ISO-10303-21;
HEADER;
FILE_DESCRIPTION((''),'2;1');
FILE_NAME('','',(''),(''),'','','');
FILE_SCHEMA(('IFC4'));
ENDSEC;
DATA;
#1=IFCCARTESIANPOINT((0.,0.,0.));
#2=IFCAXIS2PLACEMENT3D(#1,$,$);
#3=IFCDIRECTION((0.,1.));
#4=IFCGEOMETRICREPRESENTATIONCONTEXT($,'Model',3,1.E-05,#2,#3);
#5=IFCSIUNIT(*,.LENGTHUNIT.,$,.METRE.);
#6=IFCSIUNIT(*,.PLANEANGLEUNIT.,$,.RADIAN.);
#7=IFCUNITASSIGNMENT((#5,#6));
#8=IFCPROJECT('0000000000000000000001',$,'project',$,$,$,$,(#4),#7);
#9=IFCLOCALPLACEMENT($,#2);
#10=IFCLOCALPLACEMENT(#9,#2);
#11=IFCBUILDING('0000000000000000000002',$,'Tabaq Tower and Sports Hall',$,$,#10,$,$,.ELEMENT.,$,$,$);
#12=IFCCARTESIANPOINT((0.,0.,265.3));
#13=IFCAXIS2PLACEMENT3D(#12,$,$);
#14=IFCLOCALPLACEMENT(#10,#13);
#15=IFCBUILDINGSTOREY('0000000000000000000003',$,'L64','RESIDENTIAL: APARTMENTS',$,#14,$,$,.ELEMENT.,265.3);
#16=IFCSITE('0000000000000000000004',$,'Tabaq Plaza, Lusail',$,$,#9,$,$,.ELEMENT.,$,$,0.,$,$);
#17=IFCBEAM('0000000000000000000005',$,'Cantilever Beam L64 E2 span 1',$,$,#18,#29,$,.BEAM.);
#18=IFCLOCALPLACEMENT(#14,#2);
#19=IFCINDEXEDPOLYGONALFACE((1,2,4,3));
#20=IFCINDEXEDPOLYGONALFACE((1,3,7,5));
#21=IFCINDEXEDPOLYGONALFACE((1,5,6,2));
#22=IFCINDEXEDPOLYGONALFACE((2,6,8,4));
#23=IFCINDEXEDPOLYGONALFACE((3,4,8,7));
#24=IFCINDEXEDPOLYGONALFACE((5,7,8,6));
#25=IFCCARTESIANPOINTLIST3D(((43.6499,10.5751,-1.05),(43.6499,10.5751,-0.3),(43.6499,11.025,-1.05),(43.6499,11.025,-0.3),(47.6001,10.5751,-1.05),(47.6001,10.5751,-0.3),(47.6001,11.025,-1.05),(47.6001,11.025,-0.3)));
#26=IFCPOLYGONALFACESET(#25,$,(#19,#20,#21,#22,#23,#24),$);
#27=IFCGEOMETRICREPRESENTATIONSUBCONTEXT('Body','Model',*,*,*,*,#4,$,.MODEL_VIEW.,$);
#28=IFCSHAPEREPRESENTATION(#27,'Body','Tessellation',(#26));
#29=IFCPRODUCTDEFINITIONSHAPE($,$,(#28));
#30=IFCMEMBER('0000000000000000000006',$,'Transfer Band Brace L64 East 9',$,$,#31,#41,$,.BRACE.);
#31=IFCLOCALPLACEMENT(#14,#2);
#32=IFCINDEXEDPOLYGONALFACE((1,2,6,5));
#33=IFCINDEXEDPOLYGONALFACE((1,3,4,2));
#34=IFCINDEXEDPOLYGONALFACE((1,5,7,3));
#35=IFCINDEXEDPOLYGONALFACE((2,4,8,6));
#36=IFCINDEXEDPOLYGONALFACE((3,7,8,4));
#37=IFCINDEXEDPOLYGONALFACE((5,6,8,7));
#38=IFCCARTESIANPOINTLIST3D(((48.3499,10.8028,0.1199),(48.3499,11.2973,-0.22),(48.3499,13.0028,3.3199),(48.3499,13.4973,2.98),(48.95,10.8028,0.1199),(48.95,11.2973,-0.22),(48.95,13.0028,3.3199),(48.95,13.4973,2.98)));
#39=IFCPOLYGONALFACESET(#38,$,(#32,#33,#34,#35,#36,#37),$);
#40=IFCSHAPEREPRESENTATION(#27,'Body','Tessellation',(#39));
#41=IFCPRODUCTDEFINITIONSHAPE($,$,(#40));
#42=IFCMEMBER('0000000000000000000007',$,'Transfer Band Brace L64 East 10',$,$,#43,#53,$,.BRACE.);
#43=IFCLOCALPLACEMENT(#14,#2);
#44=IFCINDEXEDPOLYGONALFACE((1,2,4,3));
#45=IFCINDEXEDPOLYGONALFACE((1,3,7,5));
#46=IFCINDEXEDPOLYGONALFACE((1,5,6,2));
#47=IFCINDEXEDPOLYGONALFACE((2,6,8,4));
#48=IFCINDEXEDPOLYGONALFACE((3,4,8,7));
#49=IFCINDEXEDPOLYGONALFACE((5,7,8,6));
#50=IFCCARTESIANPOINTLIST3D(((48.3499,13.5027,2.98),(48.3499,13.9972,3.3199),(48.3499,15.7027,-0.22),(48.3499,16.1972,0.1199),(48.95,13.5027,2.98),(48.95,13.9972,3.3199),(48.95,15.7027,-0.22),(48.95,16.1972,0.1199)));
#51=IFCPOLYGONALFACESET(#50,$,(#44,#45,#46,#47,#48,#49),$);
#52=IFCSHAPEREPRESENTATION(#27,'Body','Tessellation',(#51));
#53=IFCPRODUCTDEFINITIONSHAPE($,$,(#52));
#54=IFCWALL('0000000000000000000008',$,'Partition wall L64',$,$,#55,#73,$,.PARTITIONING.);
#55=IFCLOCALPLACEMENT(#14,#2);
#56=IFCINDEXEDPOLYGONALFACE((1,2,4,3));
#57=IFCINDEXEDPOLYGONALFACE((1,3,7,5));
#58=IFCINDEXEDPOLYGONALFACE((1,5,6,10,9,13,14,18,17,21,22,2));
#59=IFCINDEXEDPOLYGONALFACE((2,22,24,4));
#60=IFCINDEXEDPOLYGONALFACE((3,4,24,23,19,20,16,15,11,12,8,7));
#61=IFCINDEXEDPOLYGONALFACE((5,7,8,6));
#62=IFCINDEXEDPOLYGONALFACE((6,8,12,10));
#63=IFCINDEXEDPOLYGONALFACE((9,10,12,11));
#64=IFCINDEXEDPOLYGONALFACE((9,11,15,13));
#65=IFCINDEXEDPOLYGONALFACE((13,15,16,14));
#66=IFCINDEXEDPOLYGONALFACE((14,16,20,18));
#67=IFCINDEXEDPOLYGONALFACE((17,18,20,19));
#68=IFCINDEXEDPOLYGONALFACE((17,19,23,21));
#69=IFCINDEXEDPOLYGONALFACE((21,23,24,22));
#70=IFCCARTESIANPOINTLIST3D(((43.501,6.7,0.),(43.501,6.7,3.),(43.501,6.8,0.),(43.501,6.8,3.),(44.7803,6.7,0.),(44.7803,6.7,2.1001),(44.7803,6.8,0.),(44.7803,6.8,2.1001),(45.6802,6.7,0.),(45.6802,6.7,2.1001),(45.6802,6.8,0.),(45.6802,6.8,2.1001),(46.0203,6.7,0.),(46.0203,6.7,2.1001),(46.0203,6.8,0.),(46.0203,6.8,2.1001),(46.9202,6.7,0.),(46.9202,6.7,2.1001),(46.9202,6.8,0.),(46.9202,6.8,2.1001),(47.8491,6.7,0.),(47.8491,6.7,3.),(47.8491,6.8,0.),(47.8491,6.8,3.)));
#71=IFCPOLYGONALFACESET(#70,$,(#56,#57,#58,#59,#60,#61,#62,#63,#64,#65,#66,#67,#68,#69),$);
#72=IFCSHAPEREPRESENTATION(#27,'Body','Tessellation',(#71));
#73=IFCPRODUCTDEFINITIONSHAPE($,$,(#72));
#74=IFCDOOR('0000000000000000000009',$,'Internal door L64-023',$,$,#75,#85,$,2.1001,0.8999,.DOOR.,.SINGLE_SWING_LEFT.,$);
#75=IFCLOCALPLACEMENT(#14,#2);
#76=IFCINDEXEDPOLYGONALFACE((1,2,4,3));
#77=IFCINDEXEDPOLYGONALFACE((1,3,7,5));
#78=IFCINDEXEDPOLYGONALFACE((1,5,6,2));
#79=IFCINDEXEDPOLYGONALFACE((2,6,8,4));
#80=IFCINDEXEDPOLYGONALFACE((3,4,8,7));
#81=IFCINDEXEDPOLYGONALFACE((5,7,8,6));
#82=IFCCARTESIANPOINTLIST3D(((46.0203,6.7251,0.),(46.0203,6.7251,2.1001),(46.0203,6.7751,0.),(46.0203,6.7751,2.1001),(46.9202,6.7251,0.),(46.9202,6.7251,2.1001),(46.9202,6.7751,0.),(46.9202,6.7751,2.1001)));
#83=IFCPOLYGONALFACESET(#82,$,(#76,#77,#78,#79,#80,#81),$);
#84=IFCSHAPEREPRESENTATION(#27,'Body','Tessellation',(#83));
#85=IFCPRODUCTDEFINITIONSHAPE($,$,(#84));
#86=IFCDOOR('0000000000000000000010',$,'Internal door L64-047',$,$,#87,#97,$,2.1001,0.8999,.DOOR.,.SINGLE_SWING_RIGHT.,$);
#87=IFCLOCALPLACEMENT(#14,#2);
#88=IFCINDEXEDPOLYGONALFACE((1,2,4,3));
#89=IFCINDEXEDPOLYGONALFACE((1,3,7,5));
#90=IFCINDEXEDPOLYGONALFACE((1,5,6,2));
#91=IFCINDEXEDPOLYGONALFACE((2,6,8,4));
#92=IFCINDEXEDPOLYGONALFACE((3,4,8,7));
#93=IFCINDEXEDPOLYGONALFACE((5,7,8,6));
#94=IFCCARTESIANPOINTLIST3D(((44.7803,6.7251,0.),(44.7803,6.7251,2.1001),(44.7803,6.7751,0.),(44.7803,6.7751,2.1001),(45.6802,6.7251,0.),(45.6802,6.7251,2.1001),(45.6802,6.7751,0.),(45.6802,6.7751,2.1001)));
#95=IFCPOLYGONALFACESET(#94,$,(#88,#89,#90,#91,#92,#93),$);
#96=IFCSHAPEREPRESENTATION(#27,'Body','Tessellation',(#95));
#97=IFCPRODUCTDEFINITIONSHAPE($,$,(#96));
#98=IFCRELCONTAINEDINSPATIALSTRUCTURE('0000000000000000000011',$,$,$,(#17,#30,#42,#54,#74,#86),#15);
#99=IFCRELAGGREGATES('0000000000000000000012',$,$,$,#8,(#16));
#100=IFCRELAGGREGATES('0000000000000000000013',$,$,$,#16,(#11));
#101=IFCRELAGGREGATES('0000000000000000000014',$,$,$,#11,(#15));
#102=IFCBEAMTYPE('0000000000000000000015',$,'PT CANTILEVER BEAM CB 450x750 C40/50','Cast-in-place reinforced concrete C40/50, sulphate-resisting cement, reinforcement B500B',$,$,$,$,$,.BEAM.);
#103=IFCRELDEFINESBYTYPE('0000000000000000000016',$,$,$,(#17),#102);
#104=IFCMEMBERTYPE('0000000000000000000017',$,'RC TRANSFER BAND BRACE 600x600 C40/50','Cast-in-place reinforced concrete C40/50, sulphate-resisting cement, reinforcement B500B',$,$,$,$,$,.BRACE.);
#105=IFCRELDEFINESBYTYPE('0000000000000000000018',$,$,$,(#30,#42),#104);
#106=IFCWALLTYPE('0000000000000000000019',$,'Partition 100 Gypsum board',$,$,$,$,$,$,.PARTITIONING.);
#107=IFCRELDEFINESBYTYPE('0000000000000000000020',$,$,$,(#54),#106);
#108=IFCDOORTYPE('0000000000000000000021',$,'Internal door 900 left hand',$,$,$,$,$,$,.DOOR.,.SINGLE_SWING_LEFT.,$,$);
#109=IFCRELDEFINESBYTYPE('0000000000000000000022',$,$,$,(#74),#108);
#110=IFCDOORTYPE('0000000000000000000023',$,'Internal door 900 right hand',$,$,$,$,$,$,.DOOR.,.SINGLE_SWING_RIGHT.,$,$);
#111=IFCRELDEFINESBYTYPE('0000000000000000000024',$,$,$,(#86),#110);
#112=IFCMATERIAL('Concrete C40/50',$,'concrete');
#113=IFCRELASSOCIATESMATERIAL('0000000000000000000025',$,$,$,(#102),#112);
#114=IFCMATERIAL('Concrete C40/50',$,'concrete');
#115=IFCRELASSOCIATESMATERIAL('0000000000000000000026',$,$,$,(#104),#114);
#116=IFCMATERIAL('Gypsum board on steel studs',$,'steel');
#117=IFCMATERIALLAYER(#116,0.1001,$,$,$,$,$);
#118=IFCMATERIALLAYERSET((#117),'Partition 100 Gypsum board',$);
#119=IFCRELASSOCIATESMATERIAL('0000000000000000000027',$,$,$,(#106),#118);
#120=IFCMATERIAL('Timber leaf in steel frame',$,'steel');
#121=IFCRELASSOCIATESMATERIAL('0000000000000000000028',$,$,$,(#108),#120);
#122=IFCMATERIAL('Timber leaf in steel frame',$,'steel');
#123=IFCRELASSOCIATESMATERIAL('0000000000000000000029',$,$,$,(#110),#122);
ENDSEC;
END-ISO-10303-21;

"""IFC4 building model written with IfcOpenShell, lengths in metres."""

from ifc_helpers import new_model, si_unit, direction, frame, frame_2d, origin, origin_2d, place, context, subcontext, project, spatial, rectangle, extrude, material, layer, layer_set, material_profile, profile_set, type_object, element, fill, save


model = new_model("IFC4")

# Units and contexts
model_context = context("Model", 3, precision=1e-05, world=origin(), true_north=direction((0.0, 1.0)))
body_context = subcontext(model_context, "Body", "Model", "MODEL_VIEW")
ifc_project = project(units=[si_unit("LENGTHUNIT", "METRE"), si_unit("PLANEANGLEUNIT", "RADIAN")], contexts=[model_context])

# Site, building, storey
site_placement = place(None, origin())
site = spatial("IfcSite", under=ifc_project, at=site_placement, Name="Tabaq Plaza, Lusail", CompositionType="ELEMENT", RefElevation=0.0)
building_placement = place(site_placement, origin())
building = spatial("IfcBuilding", under=site, at=building_placement, Name="Tabaq Tower and Sports Hall", CompositionType="ELEMENT")
storey_placement = place(building_placement, frame((0.0, 0.0, 265.3)))
storey = spatial("IfcBuildingStorey", under=building, at=storey_placement, Name="L64", Description="RESIDENTIAL: APARTMENTS", CompositionType="ELEMENT", Elevation=265.3)

# Beam
ifc_material_1 = material(Name="Concrete C40/50", Category="concrete")
ifc_material_profile_1 = material_profile(ifc_material_1, rectangle(XDim=0.45, YDim=0.75, at=origin_2d()), Name="CB 450x750")
ifc_profile_set_1 = profile_set([ifc_material_profile_1], Name="Concrete C40/50")
beam_type = type_object("IfcBeamType", Name="PT CANTILEVER BEAM CB 450x750 C40/50", Description="Cast-in-place reinforced concrete C40/50, sulphate-resisting cement, reinforcement B500B", PredefinedType="BEAM", material=ifc_profile_set_1)
beam_placement = place(storey_placement, frame((47.6001, 10.8, -0.675), z_axis=(-1.0, 0.0, 0.0), x_axis=(0.0, -1.0, 0.0)))
element("IfcBeam", 1, at=beam_placement, inside=storey, type_object=beam_type, Name="Cantilever Beam L64 E2 span 1", PredefinedType="BEAM", context=body_context, shape_type="SweptSolid", body=[
    extrude(rectangle(XDim=0.45, YDim=0.75, at=origin_2d()), origin(), (0.0, 0.0, 1.0), 3.9502),
])

# Members
ifc_material_2 = material(Name="Concrete C40/50", Category="concrete")
ifc_material_profile_2 = material_profile(ifc_material_2, rectangle(XDim=0.6001, YDim=0.6001, at=origin_2d()), Name="TRANSFER BAND BRACE 600x600")
ifc_profile_set_2 = profile_set([ifc_material_profile_2], Name="Concrete C40/50")
member_type = type_object("IfcMemberType", Name="RC TRANSFER BAND BRACE 600x600 C40/50", Description="Cast-in-place reinforced concrete C40/50, sulphate-resisting cement, reinforcement B500B", PredefinedType="BRACE", material=ifc_profile_set_2)
for number, where, z_axis, x_axis, name in (
    (2, (48.6499, 11.05, -0.05), (0.0, 0.566526, 0.824044), (-1.0, 0.0, 0.0), "Transfer Band Brace L64 East 9"),
    (3, (48.6499, 15.95, -0.05), (0.0, -0.566526, 0.824044), (1.0, 0.0, 0.0), "Transfer Band Brace L64 East 10"),
):
    element("IfcMember", number, at=place(storey_placement, frame(where, z_axis=z_axis, x_axis=x_axis)), inside=storey, type_object=member_type, Name=name, PredefinedType="BRACE", context=body_context, shape_type="SweptSolid", body=[
        extrude(rectangle(XDim=0.6001, YDim=0.6001, at=origin_2d()), origin(), (0.0, 0.0, 1.0), 3.8833),
    ])

# Wall, openings, doors
ifc_material_3 = material(Name="Gypsum board on steel studs", Category="steel")
ifc_layer_1 = layer(ifc_material_3, 0.1001)
ifc_layer_set_1 = layer_set([ifc_layer_1], Name="Partition 100 Gypsum board")
wall_type_1 = type_object("IfcWallType", Name="Partition 100 Gypsum board", PredefinedType="PARTITIONING", material=ifc_layer_set_1)
wall_1_placement = place(storey_placement, frame((47.8491, 6.75, 0.0), z_axis=(0.0, 0.0, 1.0), x_axis=(-1.0, 0.0, 0.0)))
wall_1 = element("IfcWall", 4, at=wall_1_placement, inside=storey, type_object=wall_type_1, Name="Partition wall L64", PredefinedType="PARTITIONING", context=body_context, shape_type="SweptSolid", body=[
    extrude(rectangle(XDim=4.3481, YDim=0.1001, at=frame_2d((2.1741, 0.0))), origin(), (0.0, 0.0, 1.0), 3.0),
])
opening_1_placement = place(wall_1_placement, frame((0.929, 0.0, 0.0)))
opening_1 = element("IfcOpeningElement", 5, at=opening_1_placement, cuts=wall_1, PredefinedType="OPENING", context=body_context, shape_type="SweptSolid", body=[
    extrude(rectangle(XDim=0.8999, YDim=2.1001, at=frame_2d((0.45, 1.05))), frame((0.0, 0.05, 0.0), z_axis=(0.0, -1.0, 0.0), x_axis=(1.0, 0.0, 0.0)), (0.0, 0.0, 1.0), 0.1001),
])
opening_2_placement = place(wall_1_placement, frame((2.1689, 0.0, 0.0)))
opening_2 = element("IfcOpeningElement", 6, at=opening_2_placement, cuts=wall_1, PredefinedType="OPENING", context=body_context, shape_type="SweptSolid", body=[
    extrude(rectangle(XDim=0.8999, YDim=2.1001, at=frame_2d((0.45, 1.05))), frame((0.0, 0.05, 0.0), z_axis=(0.0, -1.0, 0.0), x_axis=(1.0, 0.0, 0.0)), (0.0, 0.0, 1.0), 0.1001),
])
ifc_material_4 = material(Name="Timber leaf in steel frame", Category="steel")
door_type_1 = type_object("IfcDoorType", Name="Internal door 900 left hand", OperationType="SINGLE_SWING_LEFT", PredefinedType="DOOR", material=ifc_material_4)
door_1_placement = place(opening_1_placement, origin())
door_1 = element("IfcDoor", 7, at=door_1_placement, inside=storey, type_object=door_type_1, Name="Internal door L64-023", OperationType="SINGLE_SWING_LEFT", OverallHeight=2.1001, OverallWidth=0.8999, PredefinedType="DOOR", context=body_context, shape_type="SweptSolid", body=[
    extrude(rectangle(XDim=0.8999, YDim=2.1001, at=frame_2d((0.45, 1.05))), frame((0.0, 0.0249, 0.0), z_axis=(0.0, -1.0, 0.0), x_axis=(1.0, 0.0, 0.0)), (0.0, 0.0, 1.0), 0.05),
])
fill(opening_1, door_1)
ifc_material_5 = material(Name="Timber leaf in steel frame", Category="steel")
door_type_2 = type_object("IfcDoorType", Name="Internal door 900 right hand", OperationType="SINGLE_SWING_RIGHT", PredefinedType="DOOR", material=ifc_material_5)
door_2_placement = place(opening_2_placement, origin())
door_2 = element("IfcDoor", 8, at=door_2_placement, inside=storey, type_object=door_type_2, Name="Internal door L64-047", OperationType="SINGLE_SWING_RIGHT", OverallHeight=2.1001, OverallWidth=0.8999, PredefinedType="DOOR", context=body_context, shape_type="SweptSolid", body=[
    extrude(rectangle(XDim=0.8999, YDim=2.1001, at=frame_2d((0.45, 1.05))), frame((0.0, 0.0249, 0.0), z_axis=(0.0, -1.0, 0.0), x_axis=(1.0, 0.0, 0.0)), (0.0, 0.0, 1.0), 0.05),
])
fill(opening_2, door_2)

save(model, "model.ifc")
